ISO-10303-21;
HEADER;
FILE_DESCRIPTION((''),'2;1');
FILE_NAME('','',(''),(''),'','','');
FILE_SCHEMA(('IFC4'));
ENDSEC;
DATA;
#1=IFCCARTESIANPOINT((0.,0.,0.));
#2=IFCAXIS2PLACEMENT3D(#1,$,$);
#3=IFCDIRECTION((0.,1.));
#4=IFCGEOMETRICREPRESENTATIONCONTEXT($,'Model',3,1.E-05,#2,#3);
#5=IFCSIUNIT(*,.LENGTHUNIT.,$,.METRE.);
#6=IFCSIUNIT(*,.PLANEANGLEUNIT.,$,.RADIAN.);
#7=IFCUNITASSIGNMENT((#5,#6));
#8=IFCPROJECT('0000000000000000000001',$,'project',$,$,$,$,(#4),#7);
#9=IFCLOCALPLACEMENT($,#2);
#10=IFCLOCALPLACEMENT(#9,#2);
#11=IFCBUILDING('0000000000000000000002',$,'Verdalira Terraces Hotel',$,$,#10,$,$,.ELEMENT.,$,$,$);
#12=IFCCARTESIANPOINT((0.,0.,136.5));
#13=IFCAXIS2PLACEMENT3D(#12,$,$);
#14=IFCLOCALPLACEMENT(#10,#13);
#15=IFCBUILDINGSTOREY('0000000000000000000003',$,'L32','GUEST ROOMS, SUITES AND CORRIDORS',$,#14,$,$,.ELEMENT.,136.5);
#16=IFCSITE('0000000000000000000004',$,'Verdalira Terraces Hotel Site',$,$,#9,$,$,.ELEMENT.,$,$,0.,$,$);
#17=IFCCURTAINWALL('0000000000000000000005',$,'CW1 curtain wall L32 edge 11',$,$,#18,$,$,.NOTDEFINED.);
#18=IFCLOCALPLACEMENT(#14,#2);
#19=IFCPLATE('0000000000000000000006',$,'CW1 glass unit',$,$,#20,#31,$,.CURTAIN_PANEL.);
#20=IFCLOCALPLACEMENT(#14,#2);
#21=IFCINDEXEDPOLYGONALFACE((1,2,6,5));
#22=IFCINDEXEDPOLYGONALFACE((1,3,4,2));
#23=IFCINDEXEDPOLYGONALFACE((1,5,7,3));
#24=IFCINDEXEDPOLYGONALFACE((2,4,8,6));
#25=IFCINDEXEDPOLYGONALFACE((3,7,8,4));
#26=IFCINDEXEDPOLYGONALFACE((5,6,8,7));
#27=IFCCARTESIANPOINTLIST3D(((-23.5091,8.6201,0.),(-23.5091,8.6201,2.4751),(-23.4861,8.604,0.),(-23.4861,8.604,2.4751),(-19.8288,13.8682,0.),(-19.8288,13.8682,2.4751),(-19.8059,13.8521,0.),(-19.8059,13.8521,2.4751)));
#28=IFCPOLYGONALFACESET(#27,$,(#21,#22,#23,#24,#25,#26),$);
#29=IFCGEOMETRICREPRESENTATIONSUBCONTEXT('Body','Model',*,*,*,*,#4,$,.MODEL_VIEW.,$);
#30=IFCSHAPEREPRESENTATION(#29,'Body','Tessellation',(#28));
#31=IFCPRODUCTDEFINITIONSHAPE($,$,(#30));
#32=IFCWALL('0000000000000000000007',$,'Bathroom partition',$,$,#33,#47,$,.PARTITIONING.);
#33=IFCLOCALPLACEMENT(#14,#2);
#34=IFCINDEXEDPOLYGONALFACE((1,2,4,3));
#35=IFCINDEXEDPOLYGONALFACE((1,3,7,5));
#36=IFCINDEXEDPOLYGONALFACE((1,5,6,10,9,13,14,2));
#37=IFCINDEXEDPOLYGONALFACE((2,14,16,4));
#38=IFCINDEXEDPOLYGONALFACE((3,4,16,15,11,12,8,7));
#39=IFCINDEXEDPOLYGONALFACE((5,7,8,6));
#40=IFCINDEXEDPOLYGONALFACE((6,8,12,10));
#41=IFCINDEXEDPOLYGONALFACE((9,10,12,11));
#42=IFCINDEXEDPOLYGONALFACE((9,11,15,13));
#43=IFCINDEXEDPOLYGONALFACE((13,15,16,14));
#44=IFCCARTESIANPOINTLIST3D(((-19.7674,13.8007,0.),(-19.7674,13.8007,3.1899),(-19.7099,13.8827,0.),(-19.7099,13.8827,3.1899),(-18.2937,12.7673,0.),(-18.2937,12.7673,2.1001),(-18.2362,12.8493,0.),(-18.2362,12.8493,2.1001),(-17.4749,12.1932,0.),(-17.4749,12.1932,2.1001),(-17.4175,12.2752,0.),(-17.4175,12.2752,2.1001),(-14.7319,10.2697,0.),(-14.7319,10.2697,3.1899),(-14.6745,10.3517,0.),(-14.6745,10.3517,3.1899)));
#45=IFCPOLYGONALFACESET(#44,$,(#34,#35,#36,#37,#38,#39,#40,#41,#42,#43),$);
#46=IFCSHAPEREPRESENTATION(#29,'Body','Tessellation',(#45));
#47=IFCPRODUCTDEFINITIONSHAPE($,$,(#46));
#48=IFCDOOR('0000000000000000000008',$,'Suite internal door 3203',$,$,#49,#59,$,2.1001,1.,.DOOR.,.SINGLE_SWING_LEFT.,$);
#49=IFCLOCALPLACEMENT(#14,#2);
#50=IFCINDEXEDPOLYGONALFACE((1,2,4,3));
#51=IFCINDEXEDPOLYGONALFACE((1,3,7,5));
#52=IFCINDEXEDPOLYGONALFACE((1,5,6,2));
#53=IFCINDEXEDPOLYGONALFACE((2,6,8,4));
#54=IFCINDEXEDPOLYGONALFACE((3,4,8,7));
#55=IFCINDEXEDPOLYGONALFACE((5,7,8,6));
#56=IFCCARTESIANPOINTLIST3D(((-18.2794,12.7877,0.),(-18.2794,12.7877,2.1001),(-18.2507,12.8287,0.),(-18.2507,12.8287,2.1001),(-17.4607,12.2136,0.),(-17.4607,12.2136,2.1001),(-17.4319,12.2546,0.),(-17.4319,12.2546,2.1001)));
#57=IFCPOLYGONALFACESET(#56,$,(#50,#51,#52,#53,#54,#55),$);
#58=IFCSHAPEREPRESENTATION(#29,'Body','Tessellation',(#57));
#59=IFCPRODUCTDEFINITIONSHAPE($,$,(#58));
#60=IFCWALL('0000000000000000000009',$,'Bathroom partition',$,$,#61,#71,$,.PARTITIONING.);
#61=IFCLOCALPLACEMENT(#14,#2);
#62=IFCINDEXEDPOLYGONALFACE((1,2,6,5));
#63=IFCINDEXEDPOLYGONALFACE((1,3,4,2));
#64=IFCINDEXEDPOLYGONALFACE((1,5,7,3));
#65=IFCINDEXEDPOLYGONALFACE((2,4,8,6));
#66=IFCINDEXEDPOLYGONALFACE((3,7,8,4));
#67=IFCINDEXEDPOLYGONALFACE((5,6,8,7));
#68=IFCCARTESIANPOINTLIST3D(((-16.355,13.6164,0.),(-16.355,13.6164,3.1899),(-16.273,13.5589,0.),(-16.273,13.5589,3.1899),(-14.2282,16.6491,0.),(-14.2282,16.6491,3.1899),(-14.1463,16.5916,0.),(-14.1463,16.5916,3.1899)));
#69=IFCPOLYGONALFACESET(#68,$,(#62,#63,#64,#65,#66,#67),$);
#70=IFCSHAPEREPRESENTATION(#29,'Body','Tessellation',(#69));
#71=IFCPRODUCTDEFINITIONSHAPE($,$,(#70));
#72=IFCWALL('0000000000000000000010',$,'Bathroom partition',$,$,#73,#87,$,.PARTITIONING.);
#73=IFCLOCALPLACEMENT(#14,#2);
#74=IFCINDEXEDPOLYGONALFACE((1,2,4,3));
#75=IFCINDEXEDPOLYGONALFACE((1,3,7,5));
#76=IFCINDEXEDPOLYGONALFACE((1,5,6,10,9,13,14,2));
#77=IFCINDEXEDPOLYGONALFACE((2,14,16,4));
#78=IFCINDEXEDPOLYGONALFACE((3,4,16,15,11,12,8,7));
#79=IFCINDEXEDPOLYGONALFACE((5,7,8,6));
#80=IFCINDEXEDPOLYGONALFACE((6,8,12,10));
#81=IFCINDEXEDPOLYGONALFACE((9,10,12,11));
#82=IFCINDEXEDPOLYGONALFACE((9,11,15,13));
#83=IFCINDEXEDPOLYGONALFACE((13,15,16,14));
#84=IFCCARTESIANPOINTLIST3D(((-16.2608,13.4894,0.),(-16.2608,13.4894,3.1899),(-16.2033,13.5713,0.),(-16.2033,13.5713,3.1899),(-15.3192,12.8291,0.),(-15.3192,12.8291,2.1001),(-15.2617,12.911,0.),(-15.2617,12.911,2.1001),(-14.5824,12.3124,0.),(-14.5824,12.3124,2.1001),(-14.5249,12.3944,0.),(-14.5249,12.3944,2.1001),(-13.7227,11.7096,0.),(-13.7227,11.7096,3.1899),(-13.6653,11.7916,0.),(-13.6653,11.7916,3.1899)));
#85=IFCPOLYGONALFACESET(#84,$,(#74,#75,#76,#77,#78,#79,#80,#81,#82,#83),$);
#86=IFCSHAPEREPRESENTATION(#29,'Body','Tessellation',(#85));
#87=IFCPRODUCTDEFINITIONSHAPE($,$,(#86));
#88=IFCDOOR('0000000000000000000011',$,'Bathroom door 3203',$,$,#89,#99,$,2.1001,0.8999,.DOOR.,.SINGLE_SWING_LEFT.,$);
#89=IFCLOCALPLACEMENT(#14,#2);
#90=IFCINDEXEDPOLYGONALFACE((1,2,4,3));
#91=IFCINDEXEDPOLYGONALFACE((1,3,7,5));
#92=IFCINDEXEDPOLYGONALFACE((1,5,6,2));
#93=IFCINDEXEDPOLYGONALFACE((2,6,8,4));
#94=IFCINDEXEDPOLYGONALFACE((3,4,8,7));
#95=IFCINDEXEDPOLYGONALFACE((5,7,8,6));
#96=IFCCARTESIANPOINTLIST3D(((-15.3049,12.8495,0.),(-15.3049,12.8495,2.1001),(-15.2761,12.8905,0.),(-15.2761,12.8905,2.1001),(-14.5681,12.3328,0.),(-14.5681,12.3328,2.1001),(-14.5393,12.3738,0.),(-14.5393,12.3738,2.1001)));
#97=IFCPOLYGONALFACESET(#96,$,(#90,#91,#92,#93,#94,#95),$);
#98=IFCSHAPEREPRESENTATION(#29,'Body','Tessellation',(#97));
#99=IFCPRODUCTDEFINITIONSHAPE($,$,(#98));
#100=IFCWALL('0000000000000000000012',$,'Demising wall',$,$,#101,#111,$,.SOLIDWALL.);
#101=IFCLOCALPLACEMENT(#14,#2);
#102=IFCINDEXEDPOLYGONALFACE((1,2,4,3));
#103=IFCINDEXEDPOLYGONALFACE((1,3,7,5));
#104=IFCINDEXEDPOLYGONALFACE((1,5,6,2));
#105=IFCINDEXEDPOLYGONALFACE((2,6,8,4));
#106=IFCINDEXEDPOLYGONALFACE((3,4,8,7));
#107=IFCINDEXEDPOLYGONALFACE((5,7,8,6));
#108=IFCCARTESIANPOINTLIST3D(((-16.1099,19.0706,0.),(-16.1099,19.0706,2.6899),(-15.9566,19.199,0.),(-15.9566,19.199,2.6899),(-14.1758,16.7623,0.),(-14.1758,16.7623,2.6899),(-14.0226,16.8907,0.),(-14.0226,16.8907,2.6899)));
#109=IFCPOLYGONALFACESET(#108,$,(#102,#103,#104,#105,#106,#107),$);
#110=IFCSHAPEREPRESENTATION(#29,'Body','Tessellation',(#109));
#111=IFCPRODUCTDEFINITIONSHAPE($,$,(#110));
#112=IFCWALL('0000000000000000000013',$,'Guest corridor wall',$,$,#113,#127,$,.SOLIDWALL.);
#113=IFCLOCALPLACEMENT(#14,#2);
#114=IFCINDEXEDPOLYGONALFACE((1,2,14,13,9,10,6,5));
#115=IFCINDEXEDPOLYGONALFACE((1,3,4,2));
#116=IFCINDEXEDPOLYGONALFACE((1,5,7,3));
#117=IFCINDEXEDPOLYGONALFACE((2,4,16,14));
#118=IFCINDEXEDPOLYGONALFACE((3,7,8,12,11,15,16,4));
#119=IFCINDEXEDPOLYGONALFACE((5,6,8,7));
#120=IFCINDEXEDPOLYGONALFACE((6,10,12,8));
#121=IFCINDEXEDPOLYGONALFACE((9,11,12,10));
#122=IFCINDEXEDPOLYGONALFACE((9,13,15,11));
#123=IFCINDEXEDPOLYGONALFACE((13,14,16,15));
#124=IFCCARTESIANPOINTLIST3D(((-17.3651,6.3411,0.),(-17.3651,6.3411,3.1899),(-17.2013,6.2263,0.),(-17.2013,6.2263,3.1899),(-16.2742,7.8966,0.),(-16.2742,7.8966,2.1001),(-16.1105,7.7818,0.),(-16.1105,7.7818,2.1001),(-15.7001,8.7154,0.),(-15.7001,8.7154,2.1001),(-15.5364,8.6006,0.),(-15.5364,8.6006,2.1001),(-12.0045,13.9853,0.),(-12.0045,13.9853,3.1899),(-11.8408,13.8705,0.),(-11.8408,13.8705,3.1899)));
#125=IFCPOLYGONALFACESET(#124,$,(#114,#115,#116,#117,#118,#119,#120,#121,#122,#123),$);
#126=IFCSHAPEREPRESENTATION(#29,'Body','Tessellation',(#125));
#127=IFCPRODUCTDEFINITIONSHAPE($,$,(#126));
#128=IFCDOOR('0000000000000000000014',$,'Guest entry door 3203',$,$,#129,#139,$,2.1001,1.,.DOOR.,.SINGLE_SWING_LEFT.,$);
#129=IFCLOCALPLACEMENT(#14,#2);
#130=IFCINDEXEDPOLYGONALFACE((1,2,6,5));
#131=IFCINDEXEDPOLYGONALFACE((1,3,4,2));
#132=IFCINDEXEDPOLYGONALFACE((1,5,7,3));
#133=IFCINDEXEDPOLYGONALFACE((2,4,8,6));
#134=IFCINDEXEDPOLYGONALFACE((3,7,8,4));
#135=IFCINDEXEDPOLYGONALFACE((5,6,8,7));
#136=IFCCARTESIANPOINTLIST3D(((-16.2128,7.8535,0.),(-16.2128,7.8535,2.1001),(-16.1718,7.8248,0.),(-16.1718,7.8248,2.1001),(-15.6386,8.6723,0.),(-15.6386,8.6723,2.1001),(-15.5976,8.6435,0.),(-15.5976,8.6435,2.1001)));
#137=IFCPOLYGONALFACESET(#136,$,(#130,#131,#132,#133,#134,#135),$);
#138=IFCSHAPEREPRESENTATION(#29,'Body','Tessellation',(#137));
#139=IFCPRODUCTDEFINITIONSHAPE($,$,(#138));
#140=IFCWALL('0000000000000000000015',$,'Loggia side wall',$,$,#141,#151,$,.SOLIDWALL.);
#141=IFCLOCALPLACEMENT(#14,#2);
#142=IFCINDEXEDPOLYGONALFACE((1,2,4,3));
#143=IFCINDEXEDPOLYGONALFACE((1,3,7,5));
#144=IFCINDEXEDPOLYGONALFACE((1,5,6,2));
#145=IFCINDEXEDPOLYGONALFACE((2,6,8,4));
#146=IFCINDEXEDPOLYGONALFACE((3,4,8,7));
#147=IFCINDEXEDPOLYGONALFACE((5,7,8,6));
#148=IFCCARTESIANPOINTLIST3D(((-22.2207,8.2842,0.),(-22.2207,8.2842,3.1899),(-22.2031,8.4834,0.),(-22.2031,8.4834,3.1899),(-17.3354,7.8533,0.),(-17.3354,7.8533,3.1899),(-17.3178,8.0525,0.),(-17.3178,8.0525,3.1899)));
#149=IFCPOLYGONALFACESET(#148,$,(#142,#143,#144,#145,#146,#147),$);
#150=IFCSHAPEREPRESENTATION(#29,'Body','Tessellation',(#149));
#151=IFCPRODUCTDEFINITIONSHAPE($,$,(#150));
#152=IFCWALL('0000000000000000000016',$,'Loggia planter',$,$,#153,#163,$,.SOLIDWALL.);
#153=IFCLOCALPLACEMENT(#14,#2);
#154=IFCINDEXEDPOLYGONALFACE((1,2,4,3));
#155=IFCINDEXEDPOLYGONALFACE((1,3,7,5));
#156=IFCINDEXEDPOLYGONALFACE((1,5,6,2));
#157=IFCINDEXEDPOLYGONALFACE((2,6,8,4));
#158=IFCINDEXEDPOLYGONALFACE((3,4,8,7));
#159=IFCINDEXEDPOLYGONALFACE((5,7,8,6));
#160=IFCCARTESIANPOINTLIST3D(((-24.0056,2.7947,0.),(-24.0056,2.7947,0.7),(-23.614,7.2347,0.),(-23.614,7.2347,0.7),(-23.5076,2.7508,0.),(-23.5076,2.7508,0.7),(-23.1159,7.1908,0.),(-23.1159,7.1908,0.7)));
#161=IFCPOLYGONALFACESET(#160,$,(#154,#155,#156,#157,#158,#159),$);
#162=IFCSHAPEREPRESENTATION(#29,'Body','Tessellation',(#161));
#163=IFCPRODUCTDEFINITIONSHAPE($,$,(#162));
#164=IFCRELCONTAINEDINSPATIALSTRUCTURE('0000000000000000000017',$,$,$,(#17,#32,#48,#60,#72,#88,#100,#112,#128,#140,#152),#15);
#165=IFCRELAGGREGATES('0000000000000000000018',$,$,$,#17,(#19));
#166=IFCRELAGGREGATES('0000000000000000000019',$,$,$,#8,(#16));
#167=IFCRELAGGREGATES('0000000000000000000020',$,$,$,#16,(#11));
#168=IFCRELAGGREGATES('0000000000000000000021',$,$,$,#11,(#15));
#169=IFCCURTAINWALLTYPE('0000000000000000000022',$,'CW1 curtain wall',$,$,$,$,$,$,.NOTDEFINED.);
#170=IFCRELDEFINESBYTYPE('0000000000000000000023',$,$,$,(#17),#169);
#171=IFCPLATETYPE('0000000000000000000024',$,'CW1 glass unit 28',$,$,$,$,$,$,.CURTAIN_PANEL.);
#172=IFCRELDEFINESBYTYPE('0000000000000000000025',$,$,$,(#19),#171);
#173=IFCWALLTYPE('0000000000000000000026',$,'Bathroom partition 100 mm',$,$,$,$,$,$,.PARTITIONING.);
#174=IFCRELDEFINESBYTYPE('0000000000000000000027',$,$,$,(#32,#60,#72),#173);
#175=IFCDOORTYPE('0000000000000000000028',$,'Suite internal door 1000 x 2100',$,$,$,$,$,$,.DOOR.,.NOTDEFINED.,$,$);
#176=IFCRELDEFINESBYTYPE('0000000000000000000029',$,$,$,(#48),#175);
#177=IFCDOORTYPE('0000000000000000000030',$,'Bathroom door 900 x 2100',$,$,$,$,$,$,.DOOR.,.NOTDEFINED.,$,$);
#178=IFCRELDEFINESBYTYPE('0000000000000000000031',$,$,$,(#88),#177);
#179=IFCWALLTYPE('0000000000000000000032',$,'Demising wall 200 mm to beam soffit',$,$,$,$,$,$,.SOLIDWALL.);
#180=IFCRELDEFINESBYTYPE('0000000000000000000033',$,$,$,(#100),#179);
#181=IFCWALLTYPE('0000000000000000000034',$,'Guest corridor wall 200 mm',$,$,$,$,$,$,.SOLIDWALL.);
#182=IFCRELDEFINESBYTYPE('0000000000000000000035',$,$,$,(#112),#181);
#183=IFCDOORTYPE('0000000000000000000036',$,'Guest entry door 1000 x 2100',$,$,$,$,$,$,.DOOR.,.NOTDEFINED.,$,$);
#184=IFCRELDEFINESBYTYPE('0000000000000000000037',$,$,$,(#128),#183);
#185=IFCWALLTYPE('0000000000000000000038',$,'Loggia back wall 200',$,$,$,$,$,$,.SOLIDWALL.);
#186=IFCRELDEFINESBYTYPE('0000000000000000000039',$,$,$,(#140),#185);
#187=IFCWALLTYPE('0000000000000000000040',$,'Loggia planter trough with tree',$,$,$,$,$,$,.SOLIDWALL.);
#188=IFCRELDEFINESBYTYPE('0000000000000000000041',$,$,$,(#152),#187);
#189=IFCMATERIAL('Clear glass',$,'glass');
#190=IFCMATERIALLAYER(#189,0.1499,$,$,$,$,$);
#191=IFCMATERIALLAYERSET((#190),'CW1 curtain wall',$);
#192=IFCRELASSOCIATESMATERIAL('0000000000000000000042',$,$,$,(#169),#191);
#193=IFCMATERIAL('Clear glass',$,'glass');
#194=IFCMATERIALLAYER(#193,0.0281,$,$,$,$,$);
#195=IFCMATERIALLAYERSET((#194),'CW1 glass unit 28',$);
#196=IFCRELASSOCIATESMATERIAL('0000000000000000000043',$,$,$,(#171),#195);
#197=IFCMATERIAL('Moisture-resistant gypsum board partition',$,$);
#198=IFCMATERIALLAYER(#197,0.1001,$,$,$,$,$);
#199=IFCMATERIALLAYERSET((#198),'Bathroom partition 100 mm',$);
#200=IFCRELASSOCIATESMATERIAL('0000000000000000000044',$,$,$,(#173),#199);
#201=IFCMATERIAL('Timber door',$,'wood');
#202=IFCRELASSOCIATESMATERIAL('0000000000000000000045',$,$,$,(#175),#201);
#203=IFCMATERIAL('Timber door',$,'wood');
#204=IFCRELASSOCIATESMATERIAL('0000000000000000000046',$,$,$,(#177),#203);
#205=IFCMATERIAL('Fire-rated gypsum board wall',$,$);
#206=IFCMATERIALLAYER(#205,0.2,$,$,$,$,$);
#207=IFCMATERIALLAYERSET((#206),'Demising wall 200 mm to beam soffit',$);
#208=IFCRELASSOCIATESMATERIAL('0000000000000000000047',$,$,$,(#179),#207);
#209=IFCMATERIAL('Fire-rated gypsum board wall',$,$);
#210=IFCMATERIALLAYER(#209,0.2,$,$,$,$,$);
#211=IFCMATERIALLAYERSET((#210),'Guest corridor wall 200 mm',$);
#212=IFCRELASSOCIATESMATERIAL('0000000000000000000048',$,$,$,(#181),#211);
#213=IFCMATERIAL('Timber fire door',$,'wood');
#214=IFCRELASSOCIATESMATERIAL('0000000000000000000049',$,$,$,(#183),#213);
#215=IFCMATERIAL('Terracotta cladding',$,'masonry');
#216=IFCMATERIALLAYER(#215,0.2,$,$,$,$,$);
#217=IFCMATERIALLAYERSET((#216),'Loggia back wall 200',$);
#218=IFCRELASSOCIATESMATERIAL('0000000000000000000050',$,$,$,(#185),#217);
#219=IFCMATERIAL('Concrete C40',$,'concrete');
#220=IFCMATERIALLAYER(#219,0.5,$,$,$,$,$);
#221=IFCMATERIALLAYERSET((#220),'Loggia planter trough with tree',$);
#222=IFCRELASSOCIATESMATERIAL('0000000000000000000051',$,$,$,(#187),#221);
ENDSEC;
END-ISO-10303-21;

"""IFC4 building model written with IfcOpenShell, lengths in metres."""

from ifc_helpers import new_model, si_unit, direction, frame, frame_2d, origin, origin_2d, place, context, subcontext, project, spatial, rectangle, extrude, material, layer, layer_set, type_object, element, fill, aggregate, save


model = new_model("IFC4")

# Units and contexts
model_context = context("Model", 3, precision=1e-05, world=origin(), true_north=direction((0.0, 1.0)))
body_context = subcontext(model_context, "Body", "Model", "MODEL_VIEW")
ifc_project = project(units=[si_unit("LENGTHUNIT", "METRE"), si_unit("PLANEANGLEUNIT", "RADIAN")], contexts=[model_context])

# Site, building, storey
site_placement = place(None, origin())
site = spatial("IfcSite", under=ifc_project, at=site_placement, Name="Verdalira Terraces Hotel Site", CompositionType="ELEMENT", RefElevation=0.0)
building_placement = place(site_placement, origin())
building = spatial("IfcBuilding", under=site, at=building_placement, Name="Verdalira Terraces Hotel", CompositionType="ELEMENT")
storey_placement = place(building_placement, frame((0.0, 0.0, 136.5)))
storey = spatial("IfcBuildingStorey", under=building, at=storey_placement, Name="L32", Description="GUEST ROOMS, SUITES AND CORRIDORS", CompositionType="ELEMENT", Elevation=136.5)

# Curtain wall
ifc_material_1 = material(Name="Clear glass", Category="glass")
ifc_layer_1 = layer(ifc_material_1, 0.1499)
ifc_layer_set_1 = layer_set([ifc_layer_1], Name="CW1 curtain wall")
curtain_wall_type = type_object("IfcCurtainWallType", Name="CW1 curtain wall", PredefinedType="NOTDEFINED", material=ifc_layer_set_1)
curtain_wall_placement = place(storey_placement, origin())
curtain_wall = element("IfcCurtainWall", 1, at=curtain_wall_placement, inside=storey, type_object=curtain_wall_type, Name="CW1 curtain wall L32 edge 11", PredefinedType="NOTDEFINED")

# Plate
ifc_material_2 = material(Name="Clear glass", Category="glass")
ifc_layer_2 = layer(ifc_material_2, 0.0281)
ifc_layer_set_2 = layer_set([ifc_layer_2], Name="CW1 glass unit 28")
plate_type = type_object("IfcPlateType", Name="CW1 glass unit 28", PredefinedType="CURTAIN_PANEL", material=ifc_layer_set_2)
plate_1_placement = place(storey_placement, frame((-21.6575, 11.2361, 0.0), z_axis=(0.0, 0.0, 1.0), x_axis=(-0.574148, -0.818751, 0.0)))
plate_1 = element("IfcPlate", 2, at=plate_1_placement, type_object=plate_type, Name="CW1 glass unit", PredefinedType="CURTAIN_PANEL", context=body_context, shape_type="SweptSolid", body=[
    extrude(rectangle(XDim=6.4099, YDim=0.0281, at=origin_2d()), origin(), (0.0, 0.0, 1.0), 2.4751),
])
aggregate(curtain_wall, [plate_1])

# Wall, opening, door
ifc_material_3 = material(Name="Moisture-resistant gypsum board partition")
ifc_layer_3 = layer(ifc_material_3, 0.1001)
ifc_layer_set_3 = layer_set([ifc_layer_3], Name="Bathroom partition 100 mm")
wall_type_1 = type_object("IfcWallType", Name="Bathroom partition 100 mm", PredefinedType="PARTITIONING", material=ifc_layer_set_3)
wall_1_placement = place(storey_placement, frame((-19.7388, 13.8418, 0.0), z_axis=(0.0, 0.0, 1.0), x_axis=(0.818756, -0.574142, 0.0)))
wall_1 = element("IfcWall", 3, at=wall_1_placement, inside=storey, type_object=wall_type_1, Name="Bathroom partition", PredefinedType="PARTITIONING", context=body_context, shape_type="SweptSolid", body=[
    extrude(rectangle(XDim=6.1501, YDim=0.1001, at=frame_2d((3.0752, 0.0))), origin(), (0.0, 0.0, 1.0), 3.1899),
])
opening_1_placement = place(wall_1_placement, frame((1.8, 0.0, 0.0)))
opening_1 = element("IfcOpeningElement", 4, at=opening_1_placement, cuts=wall_1, PredefinedType="OPENING", context=body_context, shape_type="SweptSolid", body=[
    extrude(rectangle(XDim=1.0, YDim=2.1001, at=frame_2d((0.5, 1.05))), frame((0.0, 0.0601, 0.0), z_axis=(0.0, -1.0, 0.0), x_axis=(1.0, 0.0, 0.0)), (0.0, 0.0, 1.0), 0.1201),
])
ifc_material_4 = material(Name="Timber door", Category="wood")
door_type_1 = type_object("IfcDoorType", Name="Suite internal door 1000 x 2100", OperationType="NOTDEFINED", PredefinedType="DOOR", material=ifc_material_4)
door_1_placement = place(opening_1_placement, origin())
door_1 = element("IfcDoor", 5, at=door_1_placement, inside=storey, type_object=door_type_1, Name="Suite internal door 3203", OperationType="SINGLE_SWING_LEFT", OverallHeight=2.1001, OverallWidth=1.0, PredefinedType="DOOR", context=body_context, shape_type="SweptSolid", body=[
    extrude(rectangle(XDim=1.0, YDim=2.1001, at=frame_2d((0.5, 1.05))), frame((0.0, 0.0249, 0.0), z_axis=(0.0, -1.0, 0.0), x_axis=(1.0, 0.0, 0.0)), (0.0, 0.0, 1.0), 0.05),
])
fill(opening_1, door_1)

# Wall
wall_2_placement = place(storey_placement, frame((-14.1873, 16.6204, 0.0), z_axis=(0.0, 0.0, 1.0), x_axis=(-0.574152, -0.818749, 0.0)))
element("IfcWall", 6, at=wall_2_placement, inside=storey, type_object=wall_type_1, Name="Bathroom partition", PredefinedType="PARTITIONING", context=body_context, shape_type="SweptSolid", body=[
    extrude(rectangle(XDim=3.7041, YDim=0.1001, at=frame_2d((1.8521, 0.0))), origin(), (0.0, 0.0, 1.0), 3.1899),
])

# Wall, opening, door
wall_3_placement = place(storey_placement, frame((-16.2319, 13.5303, 0.0), z_axis=(0.0, 0.0, 1.0), x_axis=(0.818758, -0.574139, 0.0)))
wall_3 = element("IfcWall", 7, at=wall_3_placement, inside=storey, type_object=wall_type_1, Name="Bathroom partition", PredefinedType="PARTITIONING", context=body_context, shape_type="SweptSolid", body=[
    extrude(rectangle(XDim=3.0999, YDim=0.1001, at=frame_2d((1.5498, 0.0))), origin(), (0.0, 0.0, 1.0), 3.1899),
])
opening_2_placement = place(wall_3_placement, frame((1.1499, 0.0, 0.0)))
opening_2 = element("IfcOpeningElement", 8, at=opening_2_placement, cuts=wall_3, PredefinedType="OPENING", context=body_context, shape_type="SweptSolid", body=[
    extrude(rectangle(XDim=0.8999, YDim=2.1001, at=frame_2d((0.45, 1.05))), frame((0.0, 0.0601, 0.0), z_axis=(0.0, -1.0, 0.0), x_axis=(1.0, 0.0, 0.0)), (0.0, 0.0, 1.0), 0.1201),
])
ifc_material_5 = material(Name="Timber door", Category="wood")
door_type_2 = type_object("IfcDoorType", Name="Bathroom door 900 x 2100", OperationType="NOTDEFINED", PredefinedType="DOOR", material=ifc_material_5)
door_2_placement = place(opening_2_placement, origin())
door_2 = element("IfcDoor", 9, at=door_2_placement, inside=storey, type_object=door_type_2, Name="Bathroom door 3203", OperationType="SINGLE_SWING_LEFT", OverallHeight=2.1001, OverallWidth=0.8999, PredefinedType="DOOR", context=body_context, shape_type="SweptSolid", body=[
    extrude(rectangle(XDim=0.8999, YDim=2.1001, at=frame_2d((0.45, 1.05))), frame((0.0, 0.0249, 0.0), z_axis=(0.0, -1.0, 0.0), x_axis=(1.0, 0.0, 0.0)), (0.0, 0.0, 1.0), 0.05),
])
fill(opening_2, door_2)

# Wall
ifc_material_6 = material(Name="Fire-rated gypsum board wall")
ifc_layer_4 = layer(ifc_material_6, 0.2)
ifc_layer_set_4 = layer_set([ifc_layer_4], Name="Demising wall 200 mm to beam soffit")
wall_type_2 = type_object("IfcWallType", Name="Demising wall 200 mm to beam soffit", PredefinedType="SOLIDWALL", material=ifc_layer_set_4)
wall_4_placement = place(storey_placement, frame((-14.0991, 16.8264, 0.0), z_axis=(0.0, 0.0, 1.0), x_axis=(-0.642231, 0.766511, 0.0)))
element("IfcWall", 10, at=wall_4_placement, inside=storey, type_object=wall_type_2, Name="Demising wall", PredefinedType="SOLIDWALL", context=body_context, shape_type="SweptSolid", body=[
    extrude(rectangle(XDim=3.0115, YDim=0.2, at=frame_2d((1.5059, 0.0))), origin(), (0.0, 0.0, 1.0), 2.6899),
])

# Wall, opening, door
ifc_material_7 = material(Name="Fire-rated gypsum board wall")
ifc_layer_5 = layer(ifc_material_7, 0.2)
ifc_layer_set_5 = layer_set([ifc_layer_5], Name="Guest corridor wall 200 mm")
wall_type_3 = type_object("IfcWallType", Name="Guest corridor wall 200 mm", PredefinedType="SOLIDWALL", material=ifc_layer_set_5)
wall_5_placement = place(storey_placement, frame((-17.2832, 6.2837, 0.0), z_axis=(0.0, 0.0, 1.0), x_axis=(0.574152, 0.818749, 0.0)))
wall_5 = element("IfcWall", 11, at=wall_5_placement, inside=storey, type_object=wall_type_3, Name="Guest corridor wall", PredefinedType="SOLIDWALL", context=body_context, shape_type="SweptSolid", body=[
    extrude(rectangle(XDim=9.3364, YDim=0.2, at=frame_2d((4.6682, 0.0))), origin(), (0.0, 0.0, 1.0), 3.1899),
])
opening_3_placement = place(wall_5_placement, frame((1.8999, 0.0, 0.0)))
opening_3 = element("IfcOpeningElement", 12, at=opening_3_placement, cuts=wall_5, PredefinedType="OPENING", context=body_context, shape_type="SweptSolid", body=[
    extrude(rectangle(XDim=1.0, YDim=2.1001, at=frame_2d((0.5, 1.05))), frame((0.0, 0.1099, 0.0), z_axis=(0.0, -1.0, 0.0), x_axis=(1.0, 0.0, 0.0)), (0.0, 0.0, 1.0), 0.22),
])
ifc_material_8 = material(Name="Timber fire door", Category="wood")
door_type_3 = type_object("IfcDoorType", Name="Guest entry door 1000 x 2100", OperationType="NOTDEFINED", PredefinedType="DOOR", material=ifc_material_8)
door_3_placement = place(opening_3_placement, origin())
door_3 = element("IfcDoor", 13, at=door_3_placement, inside=storey, type_object=door_type_3, Name="Guest entry door 3203", OperationType="SINGLE_SWING_LEFT", OverallHeight=2.1001, OverallWidth=1.0, PredefinedType="DOOR", context=body_context, shape_type="SweptSolid", body=[
    extrude(rectangle(XDim=1.0, YDim=2.1001, at=frame_2d((0.5, 1.05))), frame((0.0, 0.0249, 0.0), z_axis=(0.0, -1.0, 0.0), x_axis=(1.0, 0.0, 0.0)), (0.0, 0.0, 1.0), 0.05),
])
fill(opening_3, door_3)

# Walls
ifc_material_9 = material(Name="Terracotta cladding", Category="masonry")
ifc_layer_6 = layer(ifc_material_9, 0.2)
ifc_layer_set_6 = layer_set([ifc_layer_6], Name="Loggia back wall 200")
wall_type_4 = type_object("IfcWallType", Name="Loggia back wall 200", PredefinedType="SOLIDWALL", material=ifc_layer_set_6)
wall_6_placement = place(storey_placement, frame((-22.2119, 8.3838, 0.0), z_axis=(0.0, 0.0, 1.0), x_axis=(0.996132, -0.087865, 0.0)))
element("IfcWall", 14, at=wall_6_placement, inside=storey, type_object=wall_type_4, Name="Loggia side wall", PredefinedType="SOLIDWALL", context=body_context, shape_type="SweptSolid", body=[
    extrude(rectangle(XDim=4.9043, YDim=0.2, at=frame_2d((2.4521, 0.0))), origin(), (0.0, 0.0, 1.0), 3.1899),
])
ifc_material_10 = material(Name="Concrete C40", Category="concrete")
ifc_layer_7 = layer(ifc_material_10, 0.5)
ifc_layer_set_7 = layer_set([ifc_layer_7], Name="Loggia planter trough with tree")
wall_type_5 = type_object("IfcWallType", Name="Loggia planter trough with tree", PredefinedType="SOLIDWALL", material=ifc_layer_set_7)
wall_7_placement = place(storey_placement, frame((-23.365, 7.2126, 0.0), z_axis=(0.0, 0.0, 1.0), x_axis=(-0.087859, -0.996133, 0.0)))
element("IfcWall", 15, at=wall_7_placement, inside=storey, type_object=wall_type_5, Name="Loggia planter", PredefinedType="SOLIDWALL", context=body_context, shape_type="SweptSolid", body=[
    extrude(rectangle(XDim=4.4573, YDim=0.5, at=frame_2d((2.2285, 0.0))), origin(), (0.0, 0.0, 1.0), 0.7),
])

save(model, "model.ifc")
